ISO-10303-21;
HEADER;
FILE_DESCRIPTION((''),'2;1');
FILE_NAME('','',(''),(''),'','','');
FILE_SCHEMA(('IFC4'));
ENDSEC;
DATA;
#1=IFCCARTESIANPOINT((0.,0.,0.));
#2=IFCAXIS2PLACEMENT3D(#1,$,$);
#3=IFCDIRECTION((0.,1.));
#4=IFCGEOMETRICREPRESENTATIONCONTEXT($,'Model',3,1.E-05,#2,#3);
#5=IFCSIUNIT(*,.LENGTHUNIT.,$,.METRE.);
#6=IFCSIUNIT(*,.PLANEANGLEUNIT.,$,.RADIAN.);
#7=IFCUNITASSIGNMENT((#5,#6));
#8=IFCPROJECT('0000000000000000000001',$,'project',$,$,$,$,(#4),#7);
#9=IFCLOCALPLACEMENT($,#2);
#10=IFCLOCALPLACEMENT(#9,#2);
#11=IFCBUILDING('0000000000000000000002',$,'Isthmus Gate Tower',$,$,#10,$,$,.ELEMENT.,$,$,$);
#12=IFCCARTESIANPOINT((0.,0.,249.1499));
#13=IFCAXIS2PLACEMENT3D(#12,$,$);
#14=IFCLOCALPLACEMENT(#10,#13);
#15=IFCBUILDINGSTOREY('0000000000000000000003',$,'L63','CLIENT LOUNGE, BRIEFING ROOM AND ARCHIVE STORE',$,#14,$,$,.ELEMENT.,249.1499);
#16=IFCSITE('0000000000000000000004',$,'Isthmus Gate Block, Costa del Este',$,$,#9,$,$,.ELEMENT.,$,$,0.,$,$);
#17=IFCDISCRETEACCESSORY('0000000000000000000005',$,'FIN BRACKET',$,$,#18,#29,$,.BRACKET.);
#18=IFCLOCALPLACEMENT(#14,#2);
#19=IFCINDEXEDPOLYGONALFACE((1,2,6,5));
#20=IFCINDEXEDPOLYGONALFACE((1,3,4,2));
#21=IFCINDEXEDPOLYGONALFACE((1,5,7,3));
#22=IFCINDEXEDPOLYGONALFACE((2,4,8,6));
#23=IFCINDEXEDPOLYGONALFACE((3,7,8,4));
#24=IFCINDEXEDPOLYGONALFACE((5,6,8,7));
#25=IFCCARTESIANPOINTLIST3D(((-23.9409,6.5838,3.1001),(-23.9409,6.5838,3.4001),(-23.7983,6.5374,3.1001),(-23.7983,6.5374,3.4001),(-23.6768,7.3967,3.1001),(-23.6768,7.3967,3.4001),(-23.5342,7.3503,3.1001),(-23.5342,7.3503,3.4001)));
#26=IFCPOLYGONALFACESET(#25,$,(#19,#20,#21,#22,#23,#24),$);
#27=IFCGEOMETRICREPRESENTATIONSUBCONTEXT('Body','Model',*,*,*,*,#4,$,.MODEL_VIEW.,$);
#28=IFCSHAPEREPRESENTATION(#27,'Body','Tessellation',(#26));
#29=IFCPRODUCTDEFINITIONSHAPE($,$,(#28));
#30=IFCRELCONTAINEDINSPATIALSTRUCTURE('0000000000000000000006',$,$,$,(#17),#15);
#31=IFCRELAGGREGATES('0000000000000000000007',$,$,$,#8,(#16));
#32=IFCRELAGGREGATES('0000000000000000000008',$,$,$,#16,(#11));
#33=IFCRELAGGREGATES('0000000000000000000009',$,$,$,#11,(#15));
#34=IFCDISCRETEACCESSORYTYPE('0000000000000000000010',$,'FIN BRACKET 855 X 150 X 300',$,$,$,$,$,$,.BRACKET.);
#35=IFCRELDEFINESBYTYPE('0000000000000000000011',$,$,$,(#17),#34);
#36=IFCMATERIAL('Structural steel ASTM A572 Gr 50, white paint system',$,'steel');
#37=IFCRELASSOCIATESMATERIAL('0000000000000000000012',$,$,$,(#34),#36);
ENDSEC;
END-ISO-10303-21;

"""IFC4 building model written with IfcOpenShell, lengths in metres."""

from ifc_helpers import new_model, si_unit, direction, frame, origin, origin_2d, place, context, subcontext, project, spatial, rectangle, extrude, material, type_object, element, save


model = new_model("IFC4")

# Units and contexts
model_context = context("Model", 3, precision=1e-05, world=origin(), true_north=direction((0.0, 1.0)))
body_context = subcontext(model_context, "Body", "Model", "MODEL_VIEW")
ifc_project = project(units=[si_unit("LENGTHUNIT", "METRE"), si_unit("PLANEANGLEUNIT", "RADIAN")], contexts=[model_context])

# Site, building, storey
site_placement = place(None, origin())
site = spatial("IfcSite", under=ifc_project, at=site_placement, Name="Isthmus Gate Block, Costa del Este", CompositionType="ELEMENT", RefElevation=0.0)
building_placement = place(site_placement, origin())
building = spatial("IfcBuilding", under=site, at=building_placement, Name="Isthmus Gate Tower", CompositionType="ELEMENT")
storey_placement = place(building_placement, frame((0.0, 0.0, 249.1499)))
storey = spatial("IfcBuildingStorey", under=building, at=storey_placement, Name="L63", Description="CLIENT LOUNGE, BRIEFING ROOM AND ARCHIVE STORE", CompositionType="ELEMENT", Elevation=249.1499)

# Discrete accessory
ifc_material_1 = material(Name="Structural steel ASTM A572 Gr 50, white paint system", Category="steel")
discrete_accessory_type = type_object("IfcDiscreteAccessoryType", Name="FIN BRACKET 855 X 150 X 300", PredefinedType="BRACKET", material=ifc_material_1)
for number, where, z_axis, x_axis, name in (
    (1, (-23.7375, 6.967, 3.1001), (0.0, 0.0, 1.0), (-0.951057, 0.309017, 0.0), "FIN BRACKET"),
):
    element("IfcDiscreteAccessory", number, at=place(storey_placement, frame(where, z_axis=z_axis, x_axis=x_axis)), inside=storey, type_object=discrete_accessory_type, Name=name, PredefinedType="BRACKET", context=body_context, shape_type="SweptSolid", body=[
        extrude(rectangle(XDim=0.1499, YDim=0.8547, at=origin_2d()), origin(), (0.0, 0.0, 1.0), 0.3),
    ])

save(model, "model.ifc")
